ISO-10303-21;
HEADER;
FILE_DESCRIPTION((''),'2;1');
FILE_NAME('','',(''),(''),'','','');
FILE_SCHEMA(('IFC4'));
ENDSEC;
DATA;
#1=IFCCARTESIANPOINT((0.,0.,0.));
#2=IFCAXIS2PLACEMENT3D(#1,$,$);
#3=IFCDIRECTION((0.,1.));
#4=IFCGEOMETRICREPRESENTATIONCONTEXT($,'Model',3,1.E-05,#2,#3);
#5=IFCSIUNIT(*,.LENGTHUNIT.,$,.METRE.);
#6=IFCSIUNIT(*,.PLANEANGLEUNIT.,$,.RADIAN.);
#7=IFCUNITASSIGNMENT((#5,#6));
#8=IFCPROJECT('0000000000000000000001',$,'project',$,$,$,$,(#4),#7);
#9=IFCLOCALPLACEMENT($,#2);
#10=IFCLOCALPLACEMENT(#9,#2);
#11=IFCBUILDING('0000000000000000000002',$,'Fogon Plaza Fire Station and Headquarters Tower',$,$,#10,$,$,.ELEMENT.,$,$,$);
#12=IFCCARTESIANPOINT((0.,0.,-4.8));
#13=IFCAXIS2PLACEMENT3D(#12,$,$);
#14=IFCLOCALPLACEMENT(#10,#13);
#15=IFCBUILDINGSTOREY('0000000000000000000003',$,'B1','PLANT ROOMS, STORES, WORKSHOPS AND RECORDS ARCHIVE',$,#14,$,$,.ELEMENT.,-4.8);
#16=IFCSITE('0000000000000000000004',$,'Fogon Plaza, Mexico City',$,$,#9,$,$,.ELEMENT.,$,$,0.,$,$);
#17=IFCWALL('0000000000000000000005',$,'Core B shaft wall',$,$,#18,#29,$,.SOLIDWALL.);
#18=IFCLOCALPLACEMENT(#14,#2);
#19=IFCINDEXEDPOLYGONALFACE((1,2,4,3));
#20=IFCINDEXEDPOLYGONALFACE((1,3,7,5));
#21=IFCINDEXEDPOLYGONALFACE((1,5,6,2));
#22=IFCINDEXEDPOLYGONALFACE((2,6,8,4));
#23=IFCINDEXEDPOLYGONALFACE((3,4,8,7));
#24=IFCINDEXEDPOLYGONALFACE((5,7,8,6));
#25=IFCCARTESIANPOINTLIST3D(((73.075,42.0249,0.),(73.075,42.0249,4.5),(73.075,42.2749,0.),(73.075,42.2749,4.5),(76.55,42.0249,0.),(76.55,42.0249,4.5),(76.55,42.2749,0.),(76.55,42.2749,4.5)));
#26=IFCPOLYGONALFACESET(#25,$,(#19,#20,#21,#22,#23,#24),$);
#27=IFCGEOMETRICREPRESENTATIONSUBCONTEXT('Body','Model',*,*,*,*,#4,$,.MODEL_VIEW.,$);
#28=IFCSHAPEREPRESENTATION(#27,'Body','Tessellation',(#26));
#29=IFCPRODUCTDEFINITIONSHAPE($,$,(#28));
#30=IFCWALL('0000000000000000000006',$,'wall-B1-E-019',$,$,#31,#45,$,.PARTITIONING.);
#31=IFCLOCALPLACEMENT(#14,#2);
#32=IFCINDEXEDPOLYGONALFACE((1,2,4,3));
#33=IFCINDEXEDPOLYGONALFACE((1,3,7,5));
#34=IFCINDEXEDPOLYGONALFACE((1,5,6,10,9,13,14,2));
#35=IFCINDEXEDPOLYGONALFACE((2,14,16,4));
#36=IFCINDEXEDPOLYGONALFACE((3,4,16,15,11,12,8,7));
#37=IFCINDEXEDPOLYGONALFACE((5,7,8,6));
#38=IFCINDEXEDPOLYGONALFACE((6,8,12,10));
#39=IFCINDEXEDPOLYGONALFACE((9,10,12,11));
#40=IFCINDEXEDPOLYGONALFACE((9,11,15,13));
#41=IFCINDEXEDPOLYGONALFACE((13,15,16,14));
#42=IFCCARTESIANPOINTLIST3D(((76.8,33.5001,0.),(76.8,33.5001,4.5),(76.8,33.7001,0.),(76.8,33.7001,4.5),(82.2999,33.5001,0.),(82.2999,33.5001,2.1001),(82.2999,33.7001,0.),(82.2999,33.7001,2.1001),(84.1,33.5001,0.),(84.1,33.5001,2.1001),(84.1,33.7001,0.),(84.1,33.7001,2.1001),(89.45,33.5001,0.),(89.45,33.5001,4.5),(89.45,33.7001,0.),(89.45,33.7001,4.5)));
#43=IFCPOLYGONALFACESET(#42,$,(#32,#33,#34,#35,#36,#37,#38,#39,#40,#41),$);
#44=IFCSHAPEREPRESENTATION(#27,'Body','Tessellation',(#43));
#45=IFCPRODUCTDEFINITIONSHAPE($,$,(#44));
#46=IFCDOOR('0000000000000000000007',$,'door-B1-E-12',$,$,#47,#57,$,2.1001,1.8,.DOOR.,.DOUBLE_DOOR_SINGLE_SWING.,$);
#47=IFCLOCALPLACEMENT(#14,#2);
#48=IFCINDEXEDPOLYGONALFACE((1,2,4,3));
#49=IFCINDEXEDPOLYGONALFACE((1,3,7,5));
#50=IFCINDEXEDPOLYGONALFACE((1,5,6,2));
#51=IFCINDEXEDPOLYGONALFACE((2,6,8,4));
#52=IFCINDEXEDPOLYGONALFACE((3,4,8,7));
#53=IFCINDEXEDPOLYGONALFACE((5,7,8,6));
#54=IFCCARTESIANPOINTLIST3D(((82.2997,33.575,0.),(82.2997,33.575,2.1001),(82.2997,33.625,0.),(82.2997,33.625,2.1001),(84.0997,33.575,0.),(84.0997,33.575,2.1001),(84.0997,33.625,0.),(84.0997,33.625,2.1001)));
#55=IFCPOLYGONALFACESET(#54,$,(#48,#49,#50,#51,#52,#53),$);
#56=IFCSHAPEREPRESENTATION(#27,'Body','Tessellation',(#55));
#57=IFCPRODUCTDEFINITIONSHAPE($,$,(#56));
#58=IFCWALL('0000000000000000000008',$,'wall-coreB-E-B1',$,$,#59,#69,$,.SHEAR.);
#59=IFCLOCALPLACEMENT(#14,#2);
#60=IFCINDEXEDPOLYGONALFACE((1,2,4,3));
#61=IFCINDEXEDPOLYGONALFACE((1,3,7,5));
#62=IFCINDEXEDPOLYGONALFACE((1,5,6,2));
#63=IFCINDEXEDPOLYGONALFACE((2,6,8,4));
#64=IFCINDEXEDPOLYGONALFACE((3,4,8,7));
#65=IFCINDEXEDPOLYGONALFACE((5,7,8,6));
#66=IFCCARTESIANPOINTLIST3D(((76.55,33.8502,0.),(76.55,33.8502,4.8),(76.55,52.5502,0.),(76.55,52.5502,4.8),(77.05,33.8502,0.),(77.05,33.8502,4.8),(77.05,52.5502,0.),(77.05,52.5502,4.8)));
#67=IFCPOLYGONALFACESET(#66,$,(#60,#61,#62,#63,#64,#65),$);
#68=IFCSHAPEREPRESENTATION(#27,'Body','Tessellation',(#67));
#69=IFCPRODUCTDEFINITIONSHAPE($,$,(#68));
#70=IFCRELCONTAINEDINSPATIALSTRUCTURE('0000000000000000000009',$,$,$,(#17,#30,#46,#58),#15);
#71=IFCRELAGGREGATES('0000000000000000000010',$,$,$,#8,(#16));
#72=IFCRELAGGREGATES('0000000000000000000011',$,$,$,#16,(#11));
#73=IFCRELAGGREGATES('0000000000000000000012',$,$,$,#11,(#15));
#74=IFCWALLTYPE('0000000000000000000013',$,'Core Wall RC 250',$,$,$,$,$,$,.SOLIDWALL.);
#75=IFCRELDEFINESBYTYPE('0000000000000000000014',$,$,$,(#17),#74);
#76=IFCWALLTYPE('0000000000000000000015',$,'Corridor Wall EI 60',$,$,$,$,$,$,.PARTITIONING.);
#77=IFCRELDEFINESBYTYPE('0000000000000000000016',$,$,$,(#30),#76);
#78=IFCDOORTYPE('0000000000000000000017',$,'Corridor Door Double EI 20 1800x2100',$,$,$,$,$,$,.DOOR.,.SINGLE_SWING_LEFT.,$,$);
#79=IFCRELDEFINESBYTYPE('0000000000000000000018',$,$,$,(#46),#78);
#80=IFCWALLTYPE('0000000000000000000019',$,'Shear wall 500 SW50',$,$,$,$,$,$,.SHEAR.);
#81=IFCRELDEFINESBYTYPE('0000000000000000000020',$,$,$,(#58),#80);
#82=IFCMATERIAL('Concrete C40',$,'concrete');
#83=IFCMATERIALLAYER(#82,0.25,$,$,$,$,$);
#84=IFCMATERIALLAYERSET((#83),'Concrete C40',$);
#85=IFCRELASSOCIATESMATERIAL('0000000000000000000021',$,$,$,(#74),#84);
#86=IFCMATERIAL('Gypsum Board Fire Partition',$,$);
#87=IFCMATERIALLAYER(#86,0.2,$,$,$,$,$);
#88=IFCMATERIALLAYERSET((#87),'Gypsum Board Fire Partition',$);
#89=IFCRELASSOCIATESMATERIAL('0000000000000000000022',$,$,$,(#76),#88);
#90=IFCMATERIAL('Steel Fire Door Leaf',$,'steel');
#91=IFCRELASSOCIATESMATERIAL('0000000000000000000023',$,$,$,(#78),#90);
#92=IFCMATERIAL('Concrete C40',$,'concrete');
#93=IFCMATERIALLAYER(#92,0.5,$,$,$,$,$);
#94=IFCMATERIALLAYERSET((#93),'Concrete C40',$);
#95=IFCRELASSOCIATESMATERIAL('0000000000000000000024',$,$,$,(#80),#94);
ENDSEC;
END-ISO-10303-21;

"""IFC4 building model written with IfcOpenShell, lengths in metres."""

from ifc_helpers import new_model, si_unit, direction, frame, frame_2d, origin, place, context, subcontext, project, spatial, rectangle, extrude, material, layer, layer_set, type_object, element, fill, save


model = new_model("IFC4")

# Units and contexts
model_context = context("Model", 3, precision=1e-05, world=origin(), true_north=direction((0.0, 1.0)))
body_context = subcontext(model_context, "Body", "Model", "MODEL_VIEW")
ifc_project = project(units=[si_unit("LENGTHUNIT", "METRE"), si_unit("PLANEANGLEUNIT", "RADIAN")], contexts=[model_context])

# Site, building, storey
site_placement = place(None, origin())
site = spatial("IfcSite", under=ifc_project, at=site_placement, Name="Fogon Plaza, Mexico City", CompositionType="ELEMENT", RefElevation=0.0)
building_placement = place(site_placement, origin())
building = spatial("IfcBuilding", under=site, at=building_placement, Name="Fogon Plaza Fire Station and Headquarters Tower", CompositionType="ELEMENT")
storey_placement = place(building_placement, frame((0.0, 0.0, -4.8)))
storey = spatial("IfcBuildingStorey", under=building, at=storey_placement, Name="B1", Description="PLANT ROOMS, STORES, WORKSHOPS AND RECORDS ARCHIVE", CompositionType="ELEMENT", Elevation=-4.8)

# Wall
ifc_material_1 = material(Name="Concrete C40", Category="concrete")
ifc_layer_1 = layer(ifc_material_1, 0.25)
ifc_layer_set_1 = layer_set([ifc_layer_1], Name="Concrete C40")
wall_type_1 = type_object("IfcWallType", Name="Core Wall RC 250", PredefinedType="SOLIDWALL", material=ifc_layer_set_1)
for number, where, z_axis, x_axis, name in (
    (1, (76.55, 42.1499, 0.0), (0.0, 0.0, 1.0), (-1.0, 0.0, 0.0), "Core B shaft wall"),
):
    element("IfcWall", number, at=place(storey_placement, frame(where, z_axis=z_axis, x_axis=x_axis)), inside=storey, type_object=wall_type_1, Name=name, PredefinedType="SOLIDWALL", context=body_context, shape_type="SweptSolid", body=[
        extrude(rectangle(XDim=3.4751, YDim=0.25, at=frame_2d((1.7375, 0.0))), origin(), (0.0, 0.0, 1.0), 4.5),
    ])

# Wall, opening, door
ifc_material_2 = material(Name="Gypsum Board Fire Partition")
ifc_layer_2 = layer(ifc_material_2, 0.2)
ifc_layer_set_2 = layer_set([ifc_layer_2], Name="Gypsum Board Fire Partition")
wall_type_2 = type_object("IfcWallType", Name="Corridor Wall EI 60", PredefinedType="PARTITIONING", material=ifc_layer_set_2)
wall_1_placement = place(storey_placement, frame((89.45, 33.6001, 0.0), z_axis=(0.0, 0.0, 1.0), x_axis=(-1.0, 0.0, 0.0)))
wall_1 = element("IfcWall", 2, at=wall_1_placement, inside=storey, type_object=wall_type_2, Name="wall-B1-E-019", PredefinedType="PARTITIONING", context=body_context, shape_type="SweptSolid", body=[
    extrude(rectangle(XDim=12.6499, YDim=0.2, at=frame_2d((6.325, 0.0))), origin(), (0.0, 0.0, 1.0), 4.5),
])
opening_placement = place(wall_1_placement, frame((5.3501, 0.0, 0.0)))
opening = element("IfcOpeningElement", 3, at=opening_placement, cuts=wall_1, PredefinedType="OPENING", context=body_context, shape_type="SweptSolid", body=[
    extrude(rectangle(XDim=1.8, YDim=2.1001, at=frame_2d((0.8999, 1.05))), frame((0.0, 0.1099, 0.0), z_axis=(0.0, -1.0, 0.0), x_axis=(1.0, 0.0, 0.0)), (0.0, 0.0, 1.0), 0.22),
])
ifc_material_3 = material(Name="Steel Fire Door Leaf", Category="steel")
door_type = type_object("IfcDoorType", Name="Corridor Door Double EI 20 1800x2100", OperationType="SINGLE_SWING_LEFT", PredefinedType="DOOR", material=ifc_material_3)
door_placement = place(opening_placement, frame((1.8, 0.0, 0.0), z_axis=(0.0, 0.0, 1.0), x_axis=(-1.0, 0.0, 0.0)))
door = element("IfcDoor", 4, at=door_placement, inside=storey, type_object=door_type, Name="door-B1-E-12", OperationType="DOUBLE_DOOR_SINGLE_SWING", OverallHeight=2.1001, OverallWidth=1.8, PredefinedType="DOOR", context=body_context, shape_type="SweptSolid", body=[
    extrude(rectangle(XDim=1.8, YDim=2.1001, at=frame_2d((0.8999, 1.05))), frame((0.0, 0.0249, 0.0), z_axis=(0.0, -1.0, 0.0), x_axis=(1.0, 0.0, 0.0)), (0.0, 0.0, 1.0), 0.05),
])
fill(opening, door)

# Wall
ifc_material_4 = material(Name="Concrete C40", Category="concrete")
ifc_layer_3 = layer(ifc_material_4, 0.5)
ifc_layer_set_3 = layer_set([ifc_layer_3], Name="Concrete C40")
wall_type_3 = type_object("IfcWallType", Name="Shear wall 500 SW50", PredefinedType="SHEAR", material=ifc_layer_set_3)
wall_2_placement = place(storey_placement, frame((76.8, 33.8501, 0.0), z_axis=(0.0, 0.0, 1.0), x_axis=(0.0, 1.0, 0.0)))
element("IfcWall", 5, at=wall_2_placement, inside=storey, type_object=wall_type_3, Name="wall-coreB-E-B1", PredefinedType="SHEAR", context=body_context, shape_type="SweptSolid", body=[
    extrude(rectangle(XDim=18.7, YDim=0.5, at=frame_2d((9.3501, 0.0))), origin(), (0.0, 0.0, 1.0), 4.8),
])

save(model, "model.ifc")
